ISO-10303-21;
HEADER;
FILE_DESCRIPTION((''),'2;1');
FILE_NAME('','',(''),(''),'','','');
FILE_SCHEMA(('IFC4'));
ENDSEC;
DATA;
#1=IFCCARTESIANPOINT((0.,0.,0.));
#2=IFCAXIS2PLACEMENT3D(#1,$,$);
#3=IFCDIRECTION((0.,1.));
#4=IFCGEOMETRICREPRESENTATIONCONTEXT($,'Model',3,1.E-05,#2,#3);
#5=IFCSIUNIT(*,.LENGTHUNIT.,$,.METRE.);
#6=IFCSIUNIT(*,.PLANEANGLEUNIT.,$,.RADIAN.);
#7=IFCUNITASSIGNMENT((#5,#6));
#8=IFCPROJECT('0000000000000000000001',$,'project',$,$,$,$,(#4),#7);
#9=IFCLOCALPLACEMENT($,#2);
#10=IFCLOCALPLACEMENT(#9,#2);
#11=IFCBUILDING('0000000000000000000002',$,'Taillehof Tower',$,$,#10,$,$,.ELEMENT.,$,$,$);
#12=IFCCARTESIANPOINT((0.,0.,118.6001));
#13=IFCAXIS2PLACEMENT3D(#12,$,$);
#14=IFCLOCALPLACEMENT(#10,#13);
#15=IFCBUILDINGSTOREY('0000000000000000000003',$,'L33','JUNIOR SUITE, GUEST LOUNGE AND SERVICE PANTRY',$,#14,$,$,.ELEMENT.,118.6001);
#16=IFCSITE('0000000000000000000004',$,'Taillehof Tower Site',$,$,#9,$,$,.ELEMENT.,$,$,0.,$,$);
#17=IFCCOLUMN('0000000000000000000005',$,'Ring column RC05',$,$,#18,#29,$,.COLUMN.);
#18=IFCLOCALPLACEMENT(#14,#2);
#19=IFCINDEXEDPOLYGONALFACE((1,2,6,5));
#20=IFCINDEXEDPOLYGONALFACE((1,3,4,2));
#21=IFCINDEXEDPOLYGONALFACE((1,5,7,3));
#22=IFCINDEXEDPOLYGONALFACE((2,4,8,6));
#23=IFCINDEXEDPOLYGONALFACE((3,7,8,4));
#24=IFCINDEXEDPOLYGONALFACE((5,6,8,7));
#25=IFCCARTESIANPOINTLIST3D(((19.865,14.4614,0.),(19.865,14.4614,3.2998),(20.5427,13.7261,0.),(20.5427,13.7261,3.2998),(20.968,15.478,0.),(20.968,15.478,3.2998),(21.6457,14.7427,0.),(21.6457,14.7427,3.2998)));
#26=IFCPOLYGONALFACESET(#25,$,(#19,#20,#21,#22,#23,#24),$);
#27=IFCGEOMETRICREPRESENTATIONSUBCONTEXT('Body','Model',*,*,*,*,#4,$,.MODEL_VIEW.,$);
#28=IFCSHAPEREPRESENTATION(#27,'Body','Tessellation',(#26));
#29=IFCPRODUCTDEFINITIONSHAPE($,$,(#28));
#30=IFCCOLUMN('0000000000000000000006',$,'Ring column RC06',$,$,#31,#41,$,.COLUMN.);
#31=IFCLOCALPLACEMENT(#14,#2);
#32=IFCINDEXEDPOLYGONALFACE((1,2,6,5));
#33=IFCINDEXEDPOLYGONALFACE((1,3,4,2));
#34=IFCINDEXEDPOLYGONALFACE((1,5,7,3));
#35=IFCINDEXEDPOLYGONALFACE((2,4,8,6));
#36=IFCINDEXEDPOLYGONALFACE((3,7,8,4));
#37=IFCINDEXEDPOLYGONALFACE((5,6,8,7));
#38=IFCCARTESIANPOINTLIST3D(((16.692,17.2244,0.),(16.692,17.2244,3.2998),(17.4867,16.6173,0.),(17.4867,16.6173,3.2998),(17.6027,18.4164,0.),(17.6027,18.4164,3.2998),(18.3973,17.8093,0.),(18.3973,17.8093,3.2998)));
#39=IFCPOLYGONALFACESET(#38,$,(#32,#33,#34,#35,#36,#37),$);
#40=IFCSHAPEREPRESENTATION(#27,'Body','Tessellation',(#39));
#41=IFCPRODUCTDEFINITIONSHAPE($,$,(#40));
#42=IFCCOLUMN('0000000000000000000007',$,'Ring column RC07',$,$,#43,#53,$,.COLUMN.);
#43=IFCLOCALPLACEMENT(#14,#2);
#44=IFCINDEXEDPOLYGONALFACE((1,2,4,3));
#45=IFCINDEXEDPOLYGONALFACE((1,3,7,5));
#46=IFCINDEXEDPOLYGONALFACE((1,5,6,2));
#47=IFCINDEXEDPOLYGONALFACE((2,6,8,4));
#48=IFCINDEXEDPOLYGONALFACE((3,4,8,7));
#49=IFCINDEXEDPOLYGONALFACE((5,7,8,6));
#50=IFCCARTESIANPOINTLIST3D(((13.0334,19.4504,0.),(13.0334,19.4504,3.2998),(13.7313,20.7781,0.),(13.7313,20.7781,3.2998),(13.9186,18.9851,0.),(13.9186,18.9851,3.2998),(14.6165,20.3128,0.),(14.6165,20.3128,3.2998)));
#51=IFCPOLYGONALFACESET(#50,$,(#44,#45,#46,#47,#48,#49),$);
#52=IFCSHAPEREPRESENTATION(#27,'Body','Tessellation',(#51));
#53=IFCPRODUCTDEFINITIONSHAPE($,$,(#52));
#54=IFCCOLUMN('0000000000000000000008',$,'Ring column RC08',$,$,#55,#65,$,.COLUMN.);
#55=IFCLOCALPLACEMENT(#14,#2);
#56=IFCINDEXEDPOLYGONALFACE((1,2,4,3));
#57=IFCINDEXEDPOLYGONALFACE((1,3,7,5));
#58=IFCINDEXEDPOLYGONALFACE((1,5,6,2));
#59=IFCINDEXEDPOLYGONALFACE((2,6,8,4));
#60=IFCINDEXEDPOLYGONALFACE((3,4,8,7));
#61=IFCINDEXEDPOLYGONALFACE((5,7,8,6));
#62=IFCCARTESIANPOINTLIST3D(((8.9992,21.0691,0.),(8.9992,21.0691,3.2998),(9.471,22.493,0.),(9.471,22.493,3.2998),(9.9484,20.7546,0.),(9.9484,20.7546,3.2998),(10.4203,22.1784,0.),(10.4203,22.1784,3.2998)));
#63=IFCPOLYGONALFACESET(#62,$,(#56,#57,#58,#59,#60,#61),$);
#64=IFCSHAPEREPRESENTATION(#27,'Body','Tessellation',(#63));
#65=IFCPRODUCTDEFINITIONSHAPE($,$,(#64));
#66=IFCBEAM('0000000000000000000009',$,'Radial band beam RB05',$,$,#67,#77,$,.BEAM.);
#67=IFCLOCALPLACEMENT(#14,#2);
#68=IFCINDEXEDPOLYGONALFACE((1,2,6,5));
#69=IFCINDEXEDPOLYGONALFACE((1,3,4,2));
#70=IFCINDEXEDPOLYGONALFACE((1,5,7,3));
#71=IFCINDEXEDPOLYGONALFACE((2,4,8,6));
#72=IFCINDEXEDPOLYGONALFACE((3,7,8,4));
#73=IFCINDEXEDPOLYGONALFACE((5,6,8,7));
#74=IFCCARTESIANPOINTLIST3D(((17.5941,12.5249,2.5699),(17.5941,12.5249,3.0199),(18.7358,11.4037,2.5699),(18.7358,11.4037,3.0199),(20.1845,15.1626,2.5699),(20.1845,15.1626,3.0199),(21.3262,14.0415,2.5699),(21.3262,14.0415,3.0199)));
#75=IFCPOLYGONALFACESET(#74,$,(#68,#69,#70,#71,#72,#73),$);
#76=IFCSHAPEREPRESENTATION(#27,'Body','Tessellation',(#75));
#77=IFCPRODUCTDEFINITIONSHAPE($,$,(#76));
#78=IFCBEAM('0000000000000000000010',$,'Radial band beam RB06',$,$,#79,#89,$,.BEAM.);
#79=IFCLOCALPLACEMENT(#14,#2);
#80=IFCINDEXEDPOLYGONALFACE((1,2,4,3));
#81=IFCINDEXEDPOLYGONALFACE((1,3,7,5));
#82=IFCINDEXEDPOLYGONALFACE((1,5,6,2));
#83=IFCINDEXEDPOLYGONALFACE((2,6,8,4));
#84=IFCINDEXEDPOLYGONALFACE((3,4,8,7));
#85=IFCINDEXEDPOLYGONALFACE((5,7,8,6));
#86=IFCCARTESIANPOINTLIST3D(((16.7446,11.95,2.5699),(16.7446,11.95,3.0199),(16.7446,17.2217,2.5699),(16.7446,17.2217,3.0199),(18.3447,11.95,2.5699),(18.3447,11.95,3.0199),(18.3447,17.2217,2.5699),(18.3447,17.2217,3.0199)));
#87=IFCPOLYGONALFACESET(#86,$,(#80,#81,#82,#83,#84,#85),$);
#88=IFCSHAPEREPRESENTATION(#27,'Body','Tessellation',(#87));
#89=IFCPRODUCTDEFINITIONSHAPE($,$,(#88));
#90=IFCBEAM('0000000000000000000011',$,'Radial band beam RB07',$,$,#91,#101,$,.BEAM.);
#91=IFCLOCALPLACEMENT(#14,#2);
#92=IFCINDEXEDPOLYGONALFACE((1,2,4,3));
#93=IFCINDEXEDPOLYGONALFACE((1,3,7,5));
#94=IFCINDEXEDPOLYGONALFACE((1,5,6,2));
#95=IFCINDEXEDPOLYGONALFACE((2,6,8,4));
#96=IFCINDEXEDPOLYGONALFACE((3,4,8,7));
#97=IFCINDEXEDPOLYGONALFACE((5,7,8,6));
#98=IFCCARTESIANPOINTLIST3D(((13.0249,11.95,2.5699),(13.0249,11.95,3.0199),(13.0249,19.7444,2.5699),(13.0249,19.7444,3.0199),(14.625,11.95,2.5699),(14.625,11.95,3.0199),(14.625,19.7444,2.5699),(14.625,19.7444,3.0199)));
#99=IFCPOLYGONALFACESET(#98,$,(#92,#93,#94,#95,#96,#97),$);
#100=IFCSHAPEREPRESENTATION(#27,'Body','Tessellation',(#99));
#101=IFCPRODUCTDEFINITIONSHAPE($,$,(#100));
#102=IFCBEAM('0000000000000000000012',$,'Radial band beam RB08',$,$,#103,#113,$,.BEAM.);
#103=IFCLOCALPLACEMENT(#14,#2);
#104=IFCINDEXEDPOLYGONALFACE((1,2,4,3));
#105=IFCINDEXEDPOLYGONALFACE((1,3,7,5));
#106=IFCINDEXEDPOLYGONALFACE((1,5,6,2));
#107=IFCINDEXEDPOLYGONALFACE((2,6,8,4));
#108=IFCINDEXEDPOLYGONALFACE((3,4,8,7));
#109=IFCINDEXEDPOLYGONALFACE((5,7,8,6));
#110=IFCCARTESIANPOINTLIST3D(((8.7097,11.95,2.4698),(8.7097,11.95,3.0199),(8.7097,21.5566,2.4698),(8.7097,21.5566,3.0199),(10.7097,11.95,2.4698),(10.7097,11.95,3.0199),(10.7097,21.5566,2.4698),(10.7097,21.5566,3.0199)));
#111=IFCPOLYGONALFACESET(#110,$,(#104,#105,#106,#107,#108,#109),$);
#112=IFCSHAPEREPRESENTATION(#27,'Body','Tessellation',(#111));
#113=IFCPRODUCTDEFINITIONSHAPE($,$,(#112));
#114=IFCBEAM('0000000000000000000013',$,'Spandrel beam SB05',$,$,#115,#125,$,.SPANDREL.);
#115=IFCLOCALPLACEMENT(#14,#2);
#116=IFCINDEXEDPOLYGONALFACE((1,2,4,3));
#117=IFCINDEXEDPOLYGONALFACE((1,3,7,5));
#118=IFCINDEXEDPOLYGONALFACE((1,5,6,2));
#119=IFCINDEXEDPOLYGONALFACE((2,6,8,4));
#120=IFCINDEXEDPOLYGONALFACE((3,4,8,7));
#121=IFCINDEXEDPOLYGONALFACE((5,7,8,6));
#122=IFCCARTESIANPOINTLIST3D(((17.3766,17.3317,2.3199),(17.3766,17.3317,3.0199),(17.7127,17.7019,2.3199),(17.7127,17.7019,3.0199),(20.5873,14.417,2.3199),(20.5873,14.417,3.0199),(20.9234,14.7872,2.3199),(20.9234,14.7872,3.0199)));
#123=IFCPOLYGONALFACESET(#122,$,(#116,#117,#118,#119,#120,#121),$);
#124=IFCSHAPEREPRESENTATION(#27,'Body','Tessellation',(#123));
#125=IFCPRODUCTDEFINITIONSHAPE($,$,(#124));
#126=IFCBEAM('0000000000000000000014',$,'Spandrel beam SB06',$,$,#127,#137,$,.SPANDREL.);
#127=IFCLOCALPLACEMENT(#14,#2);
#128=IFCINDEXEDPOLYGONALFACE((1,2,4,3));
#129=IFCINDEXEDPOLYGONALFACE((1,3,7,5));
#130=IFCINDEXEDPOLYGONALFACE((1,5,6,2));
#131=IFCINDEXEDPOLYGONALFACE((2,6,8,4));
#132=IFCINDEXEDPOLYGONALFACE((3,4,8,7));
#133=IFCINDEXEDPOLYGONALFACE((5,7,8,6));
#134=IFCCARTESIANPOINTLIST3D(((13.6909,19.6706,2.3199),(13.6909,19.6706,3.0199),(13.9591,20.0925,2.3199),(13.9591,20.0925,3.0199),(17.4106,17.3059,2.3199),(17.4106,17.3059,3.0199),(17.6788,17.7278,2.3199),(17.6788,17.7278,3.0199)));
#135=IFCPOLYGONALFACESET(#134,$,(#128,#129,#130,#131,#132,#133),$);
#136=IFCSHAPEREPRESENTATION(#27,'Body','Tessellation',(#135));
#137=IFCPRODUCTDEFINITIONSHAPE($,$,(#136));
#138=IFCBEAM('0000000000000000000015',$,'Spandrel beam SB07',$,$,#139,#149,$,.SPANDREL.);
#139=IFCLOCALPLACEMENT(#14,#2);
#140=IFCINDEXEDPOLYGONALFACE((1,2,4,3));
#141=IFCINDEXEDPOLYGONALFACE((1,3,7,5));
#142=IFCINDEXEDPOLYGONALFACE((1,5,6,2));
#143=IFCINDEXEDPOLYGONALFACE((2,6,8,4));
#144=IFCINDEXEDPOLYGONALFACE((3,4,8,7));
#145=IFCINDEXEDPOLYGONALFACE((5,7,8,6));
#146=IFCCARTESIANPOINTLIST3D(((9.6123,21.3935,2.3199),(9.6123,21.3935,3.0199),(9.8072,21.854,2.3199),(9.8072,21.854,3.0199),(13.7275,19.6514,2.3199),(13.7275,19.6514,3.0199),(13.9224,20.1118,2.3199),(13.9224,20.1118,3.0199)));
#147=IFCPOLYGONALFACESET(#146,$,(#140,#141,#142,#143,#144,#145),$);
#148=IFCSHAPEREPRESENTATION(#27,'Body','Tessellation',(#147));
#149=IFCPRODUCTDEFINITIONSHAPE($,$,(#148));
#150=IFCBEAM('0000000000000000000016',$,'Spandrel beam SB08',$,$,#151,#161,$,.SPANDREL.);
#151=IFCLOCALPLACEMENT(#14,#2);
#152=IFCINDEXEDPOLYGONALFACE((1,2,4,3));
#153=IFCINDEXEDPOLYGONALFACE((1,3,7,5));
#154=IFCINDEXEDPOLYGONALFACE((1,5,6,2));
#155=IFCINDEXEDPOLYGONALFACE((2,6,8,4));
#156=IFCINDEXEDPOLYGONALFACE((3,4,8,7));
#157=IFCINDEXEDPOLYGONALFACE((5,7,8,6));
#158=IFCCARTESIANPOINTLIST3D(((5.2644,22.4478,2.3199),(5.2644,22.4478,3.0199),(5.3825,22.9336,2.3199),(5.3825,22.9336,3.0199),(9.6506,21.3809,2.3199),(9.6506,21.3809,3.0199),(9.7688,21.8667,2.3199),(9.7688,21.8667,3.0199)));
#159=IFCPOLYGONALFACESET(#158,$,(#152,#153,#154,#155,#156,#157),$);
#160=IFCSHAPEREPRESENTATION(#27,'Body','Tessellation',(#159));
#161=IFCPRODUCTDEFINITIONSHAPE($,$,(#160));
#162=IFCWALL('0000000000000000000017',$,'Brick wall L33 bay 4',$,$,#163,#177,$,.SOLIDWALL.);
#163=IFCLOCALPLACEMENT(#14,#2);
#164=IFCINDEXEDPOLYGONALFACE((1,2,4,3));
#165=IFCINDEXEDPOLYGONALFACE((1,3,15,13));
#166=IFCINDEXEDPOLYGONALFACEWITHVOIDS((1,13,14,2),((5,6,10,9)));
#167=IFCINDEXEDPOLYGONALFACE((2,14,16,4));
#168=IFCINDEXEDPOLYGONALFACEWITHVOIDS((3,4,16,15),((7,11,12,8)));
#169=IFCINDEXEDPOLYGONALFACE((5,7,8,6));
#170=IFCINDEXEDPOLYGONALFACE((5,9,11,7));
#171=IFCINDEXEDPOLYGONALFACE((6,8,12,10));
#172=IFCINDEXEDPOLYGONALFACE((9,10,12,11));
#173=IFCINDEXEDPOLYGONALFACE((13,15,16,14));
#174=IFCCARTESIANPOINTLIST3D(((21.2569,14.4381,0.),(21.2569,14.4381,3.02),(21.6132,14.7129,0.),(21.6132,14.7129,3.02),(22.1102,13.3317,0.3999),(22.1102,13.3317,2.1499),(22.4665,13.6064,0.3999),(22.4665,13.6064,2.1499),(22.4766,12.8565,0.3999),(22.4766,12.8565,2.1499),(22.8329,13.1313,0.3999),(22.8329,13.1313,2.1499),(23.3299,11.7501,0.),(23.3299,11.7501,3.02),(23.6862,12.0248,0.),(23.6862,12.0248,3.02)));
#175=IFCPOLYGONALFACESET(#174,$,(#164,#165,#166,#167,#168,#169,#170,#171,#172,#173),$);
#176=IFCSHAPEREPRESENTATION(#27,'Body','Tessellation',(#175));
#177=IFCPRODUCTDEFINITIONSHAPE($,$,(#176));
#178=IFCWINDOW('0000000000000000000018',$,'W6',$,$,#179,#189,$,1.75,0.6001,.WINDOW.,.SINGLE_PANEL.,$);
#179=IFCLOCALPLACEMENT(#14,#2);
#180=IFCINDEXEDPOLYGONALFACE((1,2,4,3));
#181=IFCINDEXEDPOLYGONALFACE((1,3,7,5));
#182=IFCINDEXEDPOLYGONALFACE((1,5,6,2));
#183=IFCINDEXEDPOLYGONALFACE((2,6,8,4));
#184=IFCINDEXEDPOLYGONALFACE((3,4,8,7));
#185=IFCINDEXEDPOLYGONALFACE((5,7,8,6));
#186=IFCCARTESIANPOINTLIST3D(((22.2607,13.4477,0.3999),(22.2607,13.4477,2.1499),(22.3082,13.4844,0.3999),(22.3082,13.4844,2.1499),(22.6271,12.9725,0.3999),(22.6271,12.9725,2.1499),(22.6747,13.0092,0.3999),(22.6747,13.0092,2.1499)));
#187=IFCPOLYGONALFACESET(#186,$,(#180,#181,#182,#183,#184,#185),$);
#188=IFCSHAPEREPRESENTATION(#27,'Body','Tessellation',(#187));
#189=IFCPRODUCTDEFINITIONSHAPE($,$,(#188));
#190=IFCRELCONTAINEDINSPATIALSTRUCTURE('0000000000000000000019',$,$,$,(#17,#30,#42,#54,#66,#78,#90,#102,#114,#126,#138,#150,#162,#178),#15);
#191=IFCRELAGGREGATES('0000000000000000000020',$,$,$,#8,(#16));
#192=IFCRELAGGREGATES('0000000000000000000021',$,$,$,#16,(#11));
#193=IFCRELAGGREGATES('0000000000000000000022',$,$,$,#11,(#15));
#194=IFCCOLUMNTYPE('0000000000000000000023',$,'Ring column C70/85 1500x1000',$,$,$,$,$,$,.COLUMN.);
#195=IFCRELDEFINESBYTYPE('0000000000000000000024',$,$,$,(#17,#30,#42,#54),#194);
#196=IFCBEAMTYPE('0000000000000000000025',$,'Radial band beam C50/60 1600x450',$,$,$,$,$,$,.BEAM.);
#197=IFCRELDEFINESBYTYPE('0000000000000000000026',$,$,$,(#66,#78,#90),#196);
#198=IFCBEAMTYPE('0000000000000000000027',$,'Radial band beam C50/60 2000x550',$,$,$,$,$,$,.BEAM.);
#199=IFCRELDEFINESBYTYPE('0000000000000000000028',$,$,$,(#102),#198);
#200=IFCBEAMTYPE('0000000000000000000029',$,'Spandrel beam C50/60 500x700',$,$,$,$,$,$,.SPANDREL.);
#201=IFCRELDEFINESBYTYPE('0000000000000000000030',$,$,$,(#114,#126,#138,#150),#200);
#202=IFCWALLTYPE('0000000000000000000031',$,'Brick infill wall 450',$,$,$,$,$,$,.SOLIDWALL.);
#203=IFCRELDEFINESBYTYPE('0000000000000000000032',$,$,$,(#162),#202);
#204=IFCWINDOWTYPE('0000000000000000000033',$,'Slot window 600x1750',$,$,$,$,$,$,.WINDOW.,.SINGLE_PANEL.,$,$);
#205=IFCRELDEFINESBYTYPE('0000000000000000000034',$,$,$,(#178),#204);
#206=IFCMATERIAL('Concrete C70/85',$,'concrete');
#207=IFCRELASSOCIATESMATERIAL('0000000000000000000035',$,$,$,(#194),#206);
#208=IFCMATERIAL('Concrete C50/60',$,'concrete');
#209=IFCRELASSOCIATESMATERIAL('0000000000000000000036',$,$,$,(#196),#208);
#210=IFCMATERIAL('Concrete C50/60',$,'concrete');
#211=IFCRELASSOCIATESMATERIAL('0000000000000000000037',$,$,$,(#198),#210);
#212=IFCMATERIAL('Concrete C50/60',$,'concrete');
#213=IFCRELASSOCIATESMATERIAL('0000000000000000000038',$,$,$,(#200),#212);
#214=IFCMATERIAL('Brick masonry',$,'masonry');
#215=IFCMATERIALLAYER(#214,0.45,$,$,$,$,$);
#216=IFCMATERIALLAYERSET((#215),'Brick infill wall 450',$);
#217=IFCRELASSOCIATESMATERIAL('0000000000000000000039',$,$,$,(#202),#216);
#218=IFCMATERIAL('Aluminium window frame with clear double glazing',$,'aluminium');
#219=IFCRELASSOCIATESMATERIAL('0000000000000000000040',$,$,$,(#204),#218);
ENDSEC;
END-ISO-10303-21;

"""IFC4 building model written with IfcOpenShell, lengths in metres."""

from ifc_helpers import new_model, si_unit, direction, frame, frame_2d, origin, origin_2d, place, context, subcontext, project, spatial, rectangle, extrude, material, layer, layer_set, material_profile, profile_set, type_object, element, fill, save


model = new_model("IFC4")

# Units and contexts
model_context = context("Model", 3, precision=1e-05, world=origin(), true_north=direction((0.0, 1.0)))
body_context = subcontext(model_context, "Body", "Model", "MODEL_VIEW")
ifc_project = project(units=[si_unit("LENGTHUNIT", "METRE"), si_unit("PLANEANGLEUNIT", "RADIAN")], contexts=[model_context])

# Site, building, storey
site_placement = place(None, origin())
site = spatial("IfcSite", under=ifc_project, at=site_placement, Name="Taillehof Tower Site", CompositionType="ELEMENT", RefElevation=0.0)
building_placement = place(site_placement, origin())
building = spatial("IfcBuilding", under=site, at=building_placement, Name="Taillehof Tower", CompositionType="ELEMENT")
storey_placement = place(building_placement, frame((0.0, 0.0, 118.6001)))
storey = spatial("IfcBuildingStorey", under=building, at=storey_placement, Name="L33", Description="JUNIOR SUITE, GUEST LOUNGE AND SERVICE PANTRY", CompositionType="ELEMENT", Elevation=118.6001)

# Columns
ifc_material_1 = material(Name="Concrete C70/85", Category="concrete")
ifc_material_profile_1 = material_profile(ifc_material_1, rectangle(XDim=1.5, YDim=1.0, at=origin_2d()), Name="RC 1500x1000")
ifc_profile_set_1 = profile_set([ifc_material_profile_1], Name="Concrete C70/85")
column_type = type_object("IfcColumnType", Name="Ring column C70/85 1500x1000", PredefinedType="COLUMN", material=ifc_profile_set_1)
for number, where, z_axis, x_axis, name in (
    (1, (20.7554, 14.6021, 0.0), (0.0, 0.0, 1.0), (0.735332, 0.677707, 0.0), "Ring column RC05"),
    (2, (17.5447, 17.5168, 0.0), (0.0, 0.0, 1.0), (0.607074, 0.794645, 0.0), "Ring column RC06"),
    (3, (13.825, 19.8816, 0.0), (0.0, 0.0, 1.0), (0.465283, 0.885162, 0.0), "Ring column RC07"),
    (4, (9.7097, 21.6238, 0.0), (0.0, 0.0, 1.0), (0.314555, 0.949239, 0.0), "Ring column RC08"),
):
    element("IfcColumn", number, at=place(storey_placement, frame(where, z_axis=z_axis, x_axis=x_axis)), inside=storey, type_object=column_type, Name=name, PredefinedType="COLUMN", context=body_context, shape_type="SweptSolid", body=[
        extrude(rectangle(XDim=1.5, YDim=1.0, at=origin_2d()), origin(), (0.0, 0.0, 1.0), 3.2998),
    ])

# Beams
ifc_material_2 = material(Name="Concrete C50/60", Category="concrete")
ifc_material_profile_2 = material_profile(ifc_material_2, rectangle(XDim=1.6001, YDim=0.45, at=origin_2d()), Name="RC 1600x450")
ifc_profile_set_2 = profile_set([ifc_material_profile_2], Name="Concrete C50/60")
beam_type_1 = type_object("IfcBeamType", Name="Radial band beam C50/60 1600x450", PredefinedType="BEAM", material=ifc_profile_set_2)
beam_1_placement = place(storey_placement, frame((20.7554, 14.6021, 2.7949), z_axis=(-0.700672, -0.713484, 0.0), x_axis=(0.713484, -0.700672, 0.0)))
element("IfcBeam", 5, at=beam_1_placement, inside=storey, type_object=beam_type_1, Name="Radial band beam RB05", PredefinedType="BEAM", context=body_context, shape_type="SweptSolid", body=[
    extrude(rectangle(XDim=1.6001, YDim=0.45, at=origin_2d()), origin(), (0.0, 0.0, 1.0), 3.697),
])
beam_2_placement = place(storey_placement, frame((17.5447, 17.2217, 2.7949), z_axis=(0.0, -1.0, 0.0), x_axis=(1.0, 0.0, 0.0)))
element("IfcBeam", 6, at=beam_2_placement, inside=storey, type_object=beam_type_1, Name="Radial band beam RB06", PredefinedType="BEAM", context=body_context, shape_type="SweptSolid", body=[
    extrude(rectangle(XDim=1.6001, YDim=0.45, at=origin_2d()), origin(), (0.0, 0.0, 1.0), 5.2717),
])
beam_3_placement = place(storey_placement, frame((13.825, 19.7444, 2.7949), z_axis=(0.0, -1.0, 0.0), x_axis=(1.0, 0.0, 0.0)))
element("IfcBeam", 7, at=beam_3_placement, inside=storey, type_object=beam_type_1, Name="Radial band beam RB07", PredefinedType="BEAM", context=body_context, shape_type="SweptSolid", body=[
    extrude(rectangle(XDim=1.6001, YDim=0.45, at=origin_2d()), origin(), (0.0, 0.0, 1.0), 7.7944),
])
ifc_material_3 = material(Name="Concrete C50/60", Category="concrete")
ifc_material_profile_3 = material_profile(ifc_material_3, rectangle(XDim=2.0, YDim=0.55, at=origin_2d()), Name="RC 2000x550")
ifc_profile_set_3 = profile_set([ifc_material_profile_3], Name="Concrete C50/60")
beam_type_2 = type_object("IfcBeamType", Name="Radial band beam C50/60 2000x550", PredefinedType="BEAM", material=ifc_profile_set_3)
beam_4_placement = place(storey_placement, frame((9.7097, 21.5566, 2.7449), z_axis=(0.0, -1.0, 0.0), x_axis=(1.0, 0.0, 0.0)))
element("IfcBeam", 8, at=beam_4_placement, inside=storey, type_object=beam_type_2, Name="Radial band beam RB08", PredefinedType="BEAM", context=body_context, shape_type="SweptSolid", body=[
    extrude(rectangle(XDim=2.0, YDim=0.55, at=origin_2d()), origin(), (0.0, 0.0, 1.0), 9.6067),
])
ifc_material_4 = material(Name="Concrete C50/60", Category="concrete")
ifc_material_profile_4 = material_profile(ifc_material_4, rectangle(XDim=0.5, YDim=0.7, at=origin_2d()), Name="RC 500x700")
ifc_profile_set_4 = profile_set([ifc_material_profile_4], Name="Concrete C50/60")
beam_type_3 = type_object("IfcBeamType", Name="Spandrel beam C50/60 500x700", PredefinedType="SPANDREL", material=ifc_profile_set_4)
beam_5_placement = place(storey_placement, frame((20.7554, 14.6021, 2.6699), z_axis=(-0.740401, 0.672165, 0.0), x_axis=(-0.672165, -0.740401, 0.0)))
element("IfcBeam", 9, at=beam_5_placement, inside=storey, type_object=beam_type_3, Name="Spandrel beam SB05", PredefinedType="SPANDREL", context=body_context, shape_type="SweptSolid", body=[
    extrude(rectangle(XDim=0.5, YDim=0.7, at=origin_2d()), origin(), (0.0, 0.0, 1.0), 4.3364),
])
beam_6_placement = place(storey_placement, frame((17.5447, 17.5168, 2.6699), z_axis=(-0.843903, 0.536496, 0.0), x_axis=(-0.536496, -0.843903, 0.0)))
element("IfcBeam", 10, at=beam_6_placement, inside=storey, type_object=beam_type_3, Name="Spandrel beam SB06", PredefinedType="SPANDREL", context=body_context, shape_type="SweptSolid", body=[
    extrude(rectangle(XDim=0.5, YDim=0.7, at=origin_2d()), origin(), (0.0, 0.0, 1.0), 4.4077),
])
beam_7_placement = place(storey_placement, frame((13.825, 19.8816, 2.6699), z_axis=(-0.920877, 0.389854, 0.0), x_axis=(-0.389854, -0.920877, 0.0)))
element("IfcBeam", 11, at=beam_7_placement, inside=storey, type_object=beam_type_3, Name="Spandrel beam SB07", PredefinedType="SPANDREL", context=body_context, shape_type="SweptSolid", body=[
    extrude(rectangle(XDim=0.5, YDim=0.7, at=origin_2d()), origin(), (0.0, 0.0, 1.0), 4.4688),
])
beam_8_placement = place(storey_placement, frame((9.7097, 21.6238, 2.6699), z_axis=(-0.971669, 0.236346, 0.0), x_axis=(-0.236346, -0.971669, 0.0)))
element("IfcBeam", 12, at=beam_8_placement, inside=storey, type_object=beam_type_3, Name="Spandrel beam SB08", PredefinedType="SPANDREL", context=body_context, shape_type="SweptSolid", body=[
    extrude(rectangle(XDim=0.5, YDim=0.7, at=origin_2d()), origin(), (0.0, 0.0, 1.0), 4.5142),
])

# Wall, opening, window
ifc_material_5 = material(Name="Brick masonry", Category="masonry")
ifc_layer_1 = layer(ifc_material_5, 0.45)
ifc_layer_set_1 = layer_set([ifc_layer_1], Name="Brick infill wall 450")
wall_type_1 = type_object("IfcWallType", Name="Brick infill wall 450", PredefinedType="SOLIDWALL", material=ifc_layer_set_1)
wall_1_placement = place(storey_placement, frame((23.5081, 11.8875, 0.0), z_axis=(0.0, 0.0, 1.0), x_axis=(-0.610694, 0.791867, 0.0)))
wall_1 = element("IfcWall", 13, at=wall_1_placement, inside=storey, type_object=wall_type_1, Name="Brick wall L33 bay 4", PredefinedType="SOLIDWALL", context=body_context, shape_type="SweptSolid", body=[
    extrude(rectangle(XDim=3.3945, YDim=0.45, at=frame_2d((1.6973, 0.0))), origin(), (0.0, 0.0, 1.0), 3.02),
])
opening_1_placement = place(wall_1_placement, frame((1.3972, 0.0, 0.3999)))
opening_1 = element("IfcOpeningElement", 14, at=opening_1_placement, cuts=wall_1, PredefinedType="OPENING", context=body_context, shape_type="SweptSolid", body=[
    extrude(rectangle(XDim=0.6001, YDim=1.75, at=frame_2d((0.3, 0.875))), frame((0.0, 0.2349, 0.0), z_axis=(0.0, -1.0, 0.0), x_axis=(1.0, 0.0, 0.0)), (0.0, 0.0, 1.0), 0.47),
])
ifc_material_6 = material(Name="Aluminium window frame with clear double glazing", Category="aluminium")
window_type_1 = type_object("IfcWindowType", Name="Slot window 600x1750", PartitioningType="SINGLE_PANEL", PredefinedType="WINDOW", material=ifc_material_6)
window_1_placement = place(opening_1_placement, origin())
window_1 = element("IfcWindow", 15, at=window_1_placement, inside=storey, type_object=window_type_1, Name="W6", OverallHeight=1.75, OverallWidth=0.6001, PartitioningType="SINGLE_PANEL", PredefinedType="WINDOW", context=body_context, shape_type="SweptSolid", body=[
    extrude(rectangle(XDim=0.6001, YDim=1.75, at=frame_2d((0.3, 0.875))), frame((0.0, 0.0349, 0.0), z_axis=(0.0, -1.0, 0.0), x_axis=(1.0, 0.0, 0.0)), (0.0, 0.0, 1.0), 0.0601),
])
fill(opening_1, window_1)

save(model, "model.ifc")
